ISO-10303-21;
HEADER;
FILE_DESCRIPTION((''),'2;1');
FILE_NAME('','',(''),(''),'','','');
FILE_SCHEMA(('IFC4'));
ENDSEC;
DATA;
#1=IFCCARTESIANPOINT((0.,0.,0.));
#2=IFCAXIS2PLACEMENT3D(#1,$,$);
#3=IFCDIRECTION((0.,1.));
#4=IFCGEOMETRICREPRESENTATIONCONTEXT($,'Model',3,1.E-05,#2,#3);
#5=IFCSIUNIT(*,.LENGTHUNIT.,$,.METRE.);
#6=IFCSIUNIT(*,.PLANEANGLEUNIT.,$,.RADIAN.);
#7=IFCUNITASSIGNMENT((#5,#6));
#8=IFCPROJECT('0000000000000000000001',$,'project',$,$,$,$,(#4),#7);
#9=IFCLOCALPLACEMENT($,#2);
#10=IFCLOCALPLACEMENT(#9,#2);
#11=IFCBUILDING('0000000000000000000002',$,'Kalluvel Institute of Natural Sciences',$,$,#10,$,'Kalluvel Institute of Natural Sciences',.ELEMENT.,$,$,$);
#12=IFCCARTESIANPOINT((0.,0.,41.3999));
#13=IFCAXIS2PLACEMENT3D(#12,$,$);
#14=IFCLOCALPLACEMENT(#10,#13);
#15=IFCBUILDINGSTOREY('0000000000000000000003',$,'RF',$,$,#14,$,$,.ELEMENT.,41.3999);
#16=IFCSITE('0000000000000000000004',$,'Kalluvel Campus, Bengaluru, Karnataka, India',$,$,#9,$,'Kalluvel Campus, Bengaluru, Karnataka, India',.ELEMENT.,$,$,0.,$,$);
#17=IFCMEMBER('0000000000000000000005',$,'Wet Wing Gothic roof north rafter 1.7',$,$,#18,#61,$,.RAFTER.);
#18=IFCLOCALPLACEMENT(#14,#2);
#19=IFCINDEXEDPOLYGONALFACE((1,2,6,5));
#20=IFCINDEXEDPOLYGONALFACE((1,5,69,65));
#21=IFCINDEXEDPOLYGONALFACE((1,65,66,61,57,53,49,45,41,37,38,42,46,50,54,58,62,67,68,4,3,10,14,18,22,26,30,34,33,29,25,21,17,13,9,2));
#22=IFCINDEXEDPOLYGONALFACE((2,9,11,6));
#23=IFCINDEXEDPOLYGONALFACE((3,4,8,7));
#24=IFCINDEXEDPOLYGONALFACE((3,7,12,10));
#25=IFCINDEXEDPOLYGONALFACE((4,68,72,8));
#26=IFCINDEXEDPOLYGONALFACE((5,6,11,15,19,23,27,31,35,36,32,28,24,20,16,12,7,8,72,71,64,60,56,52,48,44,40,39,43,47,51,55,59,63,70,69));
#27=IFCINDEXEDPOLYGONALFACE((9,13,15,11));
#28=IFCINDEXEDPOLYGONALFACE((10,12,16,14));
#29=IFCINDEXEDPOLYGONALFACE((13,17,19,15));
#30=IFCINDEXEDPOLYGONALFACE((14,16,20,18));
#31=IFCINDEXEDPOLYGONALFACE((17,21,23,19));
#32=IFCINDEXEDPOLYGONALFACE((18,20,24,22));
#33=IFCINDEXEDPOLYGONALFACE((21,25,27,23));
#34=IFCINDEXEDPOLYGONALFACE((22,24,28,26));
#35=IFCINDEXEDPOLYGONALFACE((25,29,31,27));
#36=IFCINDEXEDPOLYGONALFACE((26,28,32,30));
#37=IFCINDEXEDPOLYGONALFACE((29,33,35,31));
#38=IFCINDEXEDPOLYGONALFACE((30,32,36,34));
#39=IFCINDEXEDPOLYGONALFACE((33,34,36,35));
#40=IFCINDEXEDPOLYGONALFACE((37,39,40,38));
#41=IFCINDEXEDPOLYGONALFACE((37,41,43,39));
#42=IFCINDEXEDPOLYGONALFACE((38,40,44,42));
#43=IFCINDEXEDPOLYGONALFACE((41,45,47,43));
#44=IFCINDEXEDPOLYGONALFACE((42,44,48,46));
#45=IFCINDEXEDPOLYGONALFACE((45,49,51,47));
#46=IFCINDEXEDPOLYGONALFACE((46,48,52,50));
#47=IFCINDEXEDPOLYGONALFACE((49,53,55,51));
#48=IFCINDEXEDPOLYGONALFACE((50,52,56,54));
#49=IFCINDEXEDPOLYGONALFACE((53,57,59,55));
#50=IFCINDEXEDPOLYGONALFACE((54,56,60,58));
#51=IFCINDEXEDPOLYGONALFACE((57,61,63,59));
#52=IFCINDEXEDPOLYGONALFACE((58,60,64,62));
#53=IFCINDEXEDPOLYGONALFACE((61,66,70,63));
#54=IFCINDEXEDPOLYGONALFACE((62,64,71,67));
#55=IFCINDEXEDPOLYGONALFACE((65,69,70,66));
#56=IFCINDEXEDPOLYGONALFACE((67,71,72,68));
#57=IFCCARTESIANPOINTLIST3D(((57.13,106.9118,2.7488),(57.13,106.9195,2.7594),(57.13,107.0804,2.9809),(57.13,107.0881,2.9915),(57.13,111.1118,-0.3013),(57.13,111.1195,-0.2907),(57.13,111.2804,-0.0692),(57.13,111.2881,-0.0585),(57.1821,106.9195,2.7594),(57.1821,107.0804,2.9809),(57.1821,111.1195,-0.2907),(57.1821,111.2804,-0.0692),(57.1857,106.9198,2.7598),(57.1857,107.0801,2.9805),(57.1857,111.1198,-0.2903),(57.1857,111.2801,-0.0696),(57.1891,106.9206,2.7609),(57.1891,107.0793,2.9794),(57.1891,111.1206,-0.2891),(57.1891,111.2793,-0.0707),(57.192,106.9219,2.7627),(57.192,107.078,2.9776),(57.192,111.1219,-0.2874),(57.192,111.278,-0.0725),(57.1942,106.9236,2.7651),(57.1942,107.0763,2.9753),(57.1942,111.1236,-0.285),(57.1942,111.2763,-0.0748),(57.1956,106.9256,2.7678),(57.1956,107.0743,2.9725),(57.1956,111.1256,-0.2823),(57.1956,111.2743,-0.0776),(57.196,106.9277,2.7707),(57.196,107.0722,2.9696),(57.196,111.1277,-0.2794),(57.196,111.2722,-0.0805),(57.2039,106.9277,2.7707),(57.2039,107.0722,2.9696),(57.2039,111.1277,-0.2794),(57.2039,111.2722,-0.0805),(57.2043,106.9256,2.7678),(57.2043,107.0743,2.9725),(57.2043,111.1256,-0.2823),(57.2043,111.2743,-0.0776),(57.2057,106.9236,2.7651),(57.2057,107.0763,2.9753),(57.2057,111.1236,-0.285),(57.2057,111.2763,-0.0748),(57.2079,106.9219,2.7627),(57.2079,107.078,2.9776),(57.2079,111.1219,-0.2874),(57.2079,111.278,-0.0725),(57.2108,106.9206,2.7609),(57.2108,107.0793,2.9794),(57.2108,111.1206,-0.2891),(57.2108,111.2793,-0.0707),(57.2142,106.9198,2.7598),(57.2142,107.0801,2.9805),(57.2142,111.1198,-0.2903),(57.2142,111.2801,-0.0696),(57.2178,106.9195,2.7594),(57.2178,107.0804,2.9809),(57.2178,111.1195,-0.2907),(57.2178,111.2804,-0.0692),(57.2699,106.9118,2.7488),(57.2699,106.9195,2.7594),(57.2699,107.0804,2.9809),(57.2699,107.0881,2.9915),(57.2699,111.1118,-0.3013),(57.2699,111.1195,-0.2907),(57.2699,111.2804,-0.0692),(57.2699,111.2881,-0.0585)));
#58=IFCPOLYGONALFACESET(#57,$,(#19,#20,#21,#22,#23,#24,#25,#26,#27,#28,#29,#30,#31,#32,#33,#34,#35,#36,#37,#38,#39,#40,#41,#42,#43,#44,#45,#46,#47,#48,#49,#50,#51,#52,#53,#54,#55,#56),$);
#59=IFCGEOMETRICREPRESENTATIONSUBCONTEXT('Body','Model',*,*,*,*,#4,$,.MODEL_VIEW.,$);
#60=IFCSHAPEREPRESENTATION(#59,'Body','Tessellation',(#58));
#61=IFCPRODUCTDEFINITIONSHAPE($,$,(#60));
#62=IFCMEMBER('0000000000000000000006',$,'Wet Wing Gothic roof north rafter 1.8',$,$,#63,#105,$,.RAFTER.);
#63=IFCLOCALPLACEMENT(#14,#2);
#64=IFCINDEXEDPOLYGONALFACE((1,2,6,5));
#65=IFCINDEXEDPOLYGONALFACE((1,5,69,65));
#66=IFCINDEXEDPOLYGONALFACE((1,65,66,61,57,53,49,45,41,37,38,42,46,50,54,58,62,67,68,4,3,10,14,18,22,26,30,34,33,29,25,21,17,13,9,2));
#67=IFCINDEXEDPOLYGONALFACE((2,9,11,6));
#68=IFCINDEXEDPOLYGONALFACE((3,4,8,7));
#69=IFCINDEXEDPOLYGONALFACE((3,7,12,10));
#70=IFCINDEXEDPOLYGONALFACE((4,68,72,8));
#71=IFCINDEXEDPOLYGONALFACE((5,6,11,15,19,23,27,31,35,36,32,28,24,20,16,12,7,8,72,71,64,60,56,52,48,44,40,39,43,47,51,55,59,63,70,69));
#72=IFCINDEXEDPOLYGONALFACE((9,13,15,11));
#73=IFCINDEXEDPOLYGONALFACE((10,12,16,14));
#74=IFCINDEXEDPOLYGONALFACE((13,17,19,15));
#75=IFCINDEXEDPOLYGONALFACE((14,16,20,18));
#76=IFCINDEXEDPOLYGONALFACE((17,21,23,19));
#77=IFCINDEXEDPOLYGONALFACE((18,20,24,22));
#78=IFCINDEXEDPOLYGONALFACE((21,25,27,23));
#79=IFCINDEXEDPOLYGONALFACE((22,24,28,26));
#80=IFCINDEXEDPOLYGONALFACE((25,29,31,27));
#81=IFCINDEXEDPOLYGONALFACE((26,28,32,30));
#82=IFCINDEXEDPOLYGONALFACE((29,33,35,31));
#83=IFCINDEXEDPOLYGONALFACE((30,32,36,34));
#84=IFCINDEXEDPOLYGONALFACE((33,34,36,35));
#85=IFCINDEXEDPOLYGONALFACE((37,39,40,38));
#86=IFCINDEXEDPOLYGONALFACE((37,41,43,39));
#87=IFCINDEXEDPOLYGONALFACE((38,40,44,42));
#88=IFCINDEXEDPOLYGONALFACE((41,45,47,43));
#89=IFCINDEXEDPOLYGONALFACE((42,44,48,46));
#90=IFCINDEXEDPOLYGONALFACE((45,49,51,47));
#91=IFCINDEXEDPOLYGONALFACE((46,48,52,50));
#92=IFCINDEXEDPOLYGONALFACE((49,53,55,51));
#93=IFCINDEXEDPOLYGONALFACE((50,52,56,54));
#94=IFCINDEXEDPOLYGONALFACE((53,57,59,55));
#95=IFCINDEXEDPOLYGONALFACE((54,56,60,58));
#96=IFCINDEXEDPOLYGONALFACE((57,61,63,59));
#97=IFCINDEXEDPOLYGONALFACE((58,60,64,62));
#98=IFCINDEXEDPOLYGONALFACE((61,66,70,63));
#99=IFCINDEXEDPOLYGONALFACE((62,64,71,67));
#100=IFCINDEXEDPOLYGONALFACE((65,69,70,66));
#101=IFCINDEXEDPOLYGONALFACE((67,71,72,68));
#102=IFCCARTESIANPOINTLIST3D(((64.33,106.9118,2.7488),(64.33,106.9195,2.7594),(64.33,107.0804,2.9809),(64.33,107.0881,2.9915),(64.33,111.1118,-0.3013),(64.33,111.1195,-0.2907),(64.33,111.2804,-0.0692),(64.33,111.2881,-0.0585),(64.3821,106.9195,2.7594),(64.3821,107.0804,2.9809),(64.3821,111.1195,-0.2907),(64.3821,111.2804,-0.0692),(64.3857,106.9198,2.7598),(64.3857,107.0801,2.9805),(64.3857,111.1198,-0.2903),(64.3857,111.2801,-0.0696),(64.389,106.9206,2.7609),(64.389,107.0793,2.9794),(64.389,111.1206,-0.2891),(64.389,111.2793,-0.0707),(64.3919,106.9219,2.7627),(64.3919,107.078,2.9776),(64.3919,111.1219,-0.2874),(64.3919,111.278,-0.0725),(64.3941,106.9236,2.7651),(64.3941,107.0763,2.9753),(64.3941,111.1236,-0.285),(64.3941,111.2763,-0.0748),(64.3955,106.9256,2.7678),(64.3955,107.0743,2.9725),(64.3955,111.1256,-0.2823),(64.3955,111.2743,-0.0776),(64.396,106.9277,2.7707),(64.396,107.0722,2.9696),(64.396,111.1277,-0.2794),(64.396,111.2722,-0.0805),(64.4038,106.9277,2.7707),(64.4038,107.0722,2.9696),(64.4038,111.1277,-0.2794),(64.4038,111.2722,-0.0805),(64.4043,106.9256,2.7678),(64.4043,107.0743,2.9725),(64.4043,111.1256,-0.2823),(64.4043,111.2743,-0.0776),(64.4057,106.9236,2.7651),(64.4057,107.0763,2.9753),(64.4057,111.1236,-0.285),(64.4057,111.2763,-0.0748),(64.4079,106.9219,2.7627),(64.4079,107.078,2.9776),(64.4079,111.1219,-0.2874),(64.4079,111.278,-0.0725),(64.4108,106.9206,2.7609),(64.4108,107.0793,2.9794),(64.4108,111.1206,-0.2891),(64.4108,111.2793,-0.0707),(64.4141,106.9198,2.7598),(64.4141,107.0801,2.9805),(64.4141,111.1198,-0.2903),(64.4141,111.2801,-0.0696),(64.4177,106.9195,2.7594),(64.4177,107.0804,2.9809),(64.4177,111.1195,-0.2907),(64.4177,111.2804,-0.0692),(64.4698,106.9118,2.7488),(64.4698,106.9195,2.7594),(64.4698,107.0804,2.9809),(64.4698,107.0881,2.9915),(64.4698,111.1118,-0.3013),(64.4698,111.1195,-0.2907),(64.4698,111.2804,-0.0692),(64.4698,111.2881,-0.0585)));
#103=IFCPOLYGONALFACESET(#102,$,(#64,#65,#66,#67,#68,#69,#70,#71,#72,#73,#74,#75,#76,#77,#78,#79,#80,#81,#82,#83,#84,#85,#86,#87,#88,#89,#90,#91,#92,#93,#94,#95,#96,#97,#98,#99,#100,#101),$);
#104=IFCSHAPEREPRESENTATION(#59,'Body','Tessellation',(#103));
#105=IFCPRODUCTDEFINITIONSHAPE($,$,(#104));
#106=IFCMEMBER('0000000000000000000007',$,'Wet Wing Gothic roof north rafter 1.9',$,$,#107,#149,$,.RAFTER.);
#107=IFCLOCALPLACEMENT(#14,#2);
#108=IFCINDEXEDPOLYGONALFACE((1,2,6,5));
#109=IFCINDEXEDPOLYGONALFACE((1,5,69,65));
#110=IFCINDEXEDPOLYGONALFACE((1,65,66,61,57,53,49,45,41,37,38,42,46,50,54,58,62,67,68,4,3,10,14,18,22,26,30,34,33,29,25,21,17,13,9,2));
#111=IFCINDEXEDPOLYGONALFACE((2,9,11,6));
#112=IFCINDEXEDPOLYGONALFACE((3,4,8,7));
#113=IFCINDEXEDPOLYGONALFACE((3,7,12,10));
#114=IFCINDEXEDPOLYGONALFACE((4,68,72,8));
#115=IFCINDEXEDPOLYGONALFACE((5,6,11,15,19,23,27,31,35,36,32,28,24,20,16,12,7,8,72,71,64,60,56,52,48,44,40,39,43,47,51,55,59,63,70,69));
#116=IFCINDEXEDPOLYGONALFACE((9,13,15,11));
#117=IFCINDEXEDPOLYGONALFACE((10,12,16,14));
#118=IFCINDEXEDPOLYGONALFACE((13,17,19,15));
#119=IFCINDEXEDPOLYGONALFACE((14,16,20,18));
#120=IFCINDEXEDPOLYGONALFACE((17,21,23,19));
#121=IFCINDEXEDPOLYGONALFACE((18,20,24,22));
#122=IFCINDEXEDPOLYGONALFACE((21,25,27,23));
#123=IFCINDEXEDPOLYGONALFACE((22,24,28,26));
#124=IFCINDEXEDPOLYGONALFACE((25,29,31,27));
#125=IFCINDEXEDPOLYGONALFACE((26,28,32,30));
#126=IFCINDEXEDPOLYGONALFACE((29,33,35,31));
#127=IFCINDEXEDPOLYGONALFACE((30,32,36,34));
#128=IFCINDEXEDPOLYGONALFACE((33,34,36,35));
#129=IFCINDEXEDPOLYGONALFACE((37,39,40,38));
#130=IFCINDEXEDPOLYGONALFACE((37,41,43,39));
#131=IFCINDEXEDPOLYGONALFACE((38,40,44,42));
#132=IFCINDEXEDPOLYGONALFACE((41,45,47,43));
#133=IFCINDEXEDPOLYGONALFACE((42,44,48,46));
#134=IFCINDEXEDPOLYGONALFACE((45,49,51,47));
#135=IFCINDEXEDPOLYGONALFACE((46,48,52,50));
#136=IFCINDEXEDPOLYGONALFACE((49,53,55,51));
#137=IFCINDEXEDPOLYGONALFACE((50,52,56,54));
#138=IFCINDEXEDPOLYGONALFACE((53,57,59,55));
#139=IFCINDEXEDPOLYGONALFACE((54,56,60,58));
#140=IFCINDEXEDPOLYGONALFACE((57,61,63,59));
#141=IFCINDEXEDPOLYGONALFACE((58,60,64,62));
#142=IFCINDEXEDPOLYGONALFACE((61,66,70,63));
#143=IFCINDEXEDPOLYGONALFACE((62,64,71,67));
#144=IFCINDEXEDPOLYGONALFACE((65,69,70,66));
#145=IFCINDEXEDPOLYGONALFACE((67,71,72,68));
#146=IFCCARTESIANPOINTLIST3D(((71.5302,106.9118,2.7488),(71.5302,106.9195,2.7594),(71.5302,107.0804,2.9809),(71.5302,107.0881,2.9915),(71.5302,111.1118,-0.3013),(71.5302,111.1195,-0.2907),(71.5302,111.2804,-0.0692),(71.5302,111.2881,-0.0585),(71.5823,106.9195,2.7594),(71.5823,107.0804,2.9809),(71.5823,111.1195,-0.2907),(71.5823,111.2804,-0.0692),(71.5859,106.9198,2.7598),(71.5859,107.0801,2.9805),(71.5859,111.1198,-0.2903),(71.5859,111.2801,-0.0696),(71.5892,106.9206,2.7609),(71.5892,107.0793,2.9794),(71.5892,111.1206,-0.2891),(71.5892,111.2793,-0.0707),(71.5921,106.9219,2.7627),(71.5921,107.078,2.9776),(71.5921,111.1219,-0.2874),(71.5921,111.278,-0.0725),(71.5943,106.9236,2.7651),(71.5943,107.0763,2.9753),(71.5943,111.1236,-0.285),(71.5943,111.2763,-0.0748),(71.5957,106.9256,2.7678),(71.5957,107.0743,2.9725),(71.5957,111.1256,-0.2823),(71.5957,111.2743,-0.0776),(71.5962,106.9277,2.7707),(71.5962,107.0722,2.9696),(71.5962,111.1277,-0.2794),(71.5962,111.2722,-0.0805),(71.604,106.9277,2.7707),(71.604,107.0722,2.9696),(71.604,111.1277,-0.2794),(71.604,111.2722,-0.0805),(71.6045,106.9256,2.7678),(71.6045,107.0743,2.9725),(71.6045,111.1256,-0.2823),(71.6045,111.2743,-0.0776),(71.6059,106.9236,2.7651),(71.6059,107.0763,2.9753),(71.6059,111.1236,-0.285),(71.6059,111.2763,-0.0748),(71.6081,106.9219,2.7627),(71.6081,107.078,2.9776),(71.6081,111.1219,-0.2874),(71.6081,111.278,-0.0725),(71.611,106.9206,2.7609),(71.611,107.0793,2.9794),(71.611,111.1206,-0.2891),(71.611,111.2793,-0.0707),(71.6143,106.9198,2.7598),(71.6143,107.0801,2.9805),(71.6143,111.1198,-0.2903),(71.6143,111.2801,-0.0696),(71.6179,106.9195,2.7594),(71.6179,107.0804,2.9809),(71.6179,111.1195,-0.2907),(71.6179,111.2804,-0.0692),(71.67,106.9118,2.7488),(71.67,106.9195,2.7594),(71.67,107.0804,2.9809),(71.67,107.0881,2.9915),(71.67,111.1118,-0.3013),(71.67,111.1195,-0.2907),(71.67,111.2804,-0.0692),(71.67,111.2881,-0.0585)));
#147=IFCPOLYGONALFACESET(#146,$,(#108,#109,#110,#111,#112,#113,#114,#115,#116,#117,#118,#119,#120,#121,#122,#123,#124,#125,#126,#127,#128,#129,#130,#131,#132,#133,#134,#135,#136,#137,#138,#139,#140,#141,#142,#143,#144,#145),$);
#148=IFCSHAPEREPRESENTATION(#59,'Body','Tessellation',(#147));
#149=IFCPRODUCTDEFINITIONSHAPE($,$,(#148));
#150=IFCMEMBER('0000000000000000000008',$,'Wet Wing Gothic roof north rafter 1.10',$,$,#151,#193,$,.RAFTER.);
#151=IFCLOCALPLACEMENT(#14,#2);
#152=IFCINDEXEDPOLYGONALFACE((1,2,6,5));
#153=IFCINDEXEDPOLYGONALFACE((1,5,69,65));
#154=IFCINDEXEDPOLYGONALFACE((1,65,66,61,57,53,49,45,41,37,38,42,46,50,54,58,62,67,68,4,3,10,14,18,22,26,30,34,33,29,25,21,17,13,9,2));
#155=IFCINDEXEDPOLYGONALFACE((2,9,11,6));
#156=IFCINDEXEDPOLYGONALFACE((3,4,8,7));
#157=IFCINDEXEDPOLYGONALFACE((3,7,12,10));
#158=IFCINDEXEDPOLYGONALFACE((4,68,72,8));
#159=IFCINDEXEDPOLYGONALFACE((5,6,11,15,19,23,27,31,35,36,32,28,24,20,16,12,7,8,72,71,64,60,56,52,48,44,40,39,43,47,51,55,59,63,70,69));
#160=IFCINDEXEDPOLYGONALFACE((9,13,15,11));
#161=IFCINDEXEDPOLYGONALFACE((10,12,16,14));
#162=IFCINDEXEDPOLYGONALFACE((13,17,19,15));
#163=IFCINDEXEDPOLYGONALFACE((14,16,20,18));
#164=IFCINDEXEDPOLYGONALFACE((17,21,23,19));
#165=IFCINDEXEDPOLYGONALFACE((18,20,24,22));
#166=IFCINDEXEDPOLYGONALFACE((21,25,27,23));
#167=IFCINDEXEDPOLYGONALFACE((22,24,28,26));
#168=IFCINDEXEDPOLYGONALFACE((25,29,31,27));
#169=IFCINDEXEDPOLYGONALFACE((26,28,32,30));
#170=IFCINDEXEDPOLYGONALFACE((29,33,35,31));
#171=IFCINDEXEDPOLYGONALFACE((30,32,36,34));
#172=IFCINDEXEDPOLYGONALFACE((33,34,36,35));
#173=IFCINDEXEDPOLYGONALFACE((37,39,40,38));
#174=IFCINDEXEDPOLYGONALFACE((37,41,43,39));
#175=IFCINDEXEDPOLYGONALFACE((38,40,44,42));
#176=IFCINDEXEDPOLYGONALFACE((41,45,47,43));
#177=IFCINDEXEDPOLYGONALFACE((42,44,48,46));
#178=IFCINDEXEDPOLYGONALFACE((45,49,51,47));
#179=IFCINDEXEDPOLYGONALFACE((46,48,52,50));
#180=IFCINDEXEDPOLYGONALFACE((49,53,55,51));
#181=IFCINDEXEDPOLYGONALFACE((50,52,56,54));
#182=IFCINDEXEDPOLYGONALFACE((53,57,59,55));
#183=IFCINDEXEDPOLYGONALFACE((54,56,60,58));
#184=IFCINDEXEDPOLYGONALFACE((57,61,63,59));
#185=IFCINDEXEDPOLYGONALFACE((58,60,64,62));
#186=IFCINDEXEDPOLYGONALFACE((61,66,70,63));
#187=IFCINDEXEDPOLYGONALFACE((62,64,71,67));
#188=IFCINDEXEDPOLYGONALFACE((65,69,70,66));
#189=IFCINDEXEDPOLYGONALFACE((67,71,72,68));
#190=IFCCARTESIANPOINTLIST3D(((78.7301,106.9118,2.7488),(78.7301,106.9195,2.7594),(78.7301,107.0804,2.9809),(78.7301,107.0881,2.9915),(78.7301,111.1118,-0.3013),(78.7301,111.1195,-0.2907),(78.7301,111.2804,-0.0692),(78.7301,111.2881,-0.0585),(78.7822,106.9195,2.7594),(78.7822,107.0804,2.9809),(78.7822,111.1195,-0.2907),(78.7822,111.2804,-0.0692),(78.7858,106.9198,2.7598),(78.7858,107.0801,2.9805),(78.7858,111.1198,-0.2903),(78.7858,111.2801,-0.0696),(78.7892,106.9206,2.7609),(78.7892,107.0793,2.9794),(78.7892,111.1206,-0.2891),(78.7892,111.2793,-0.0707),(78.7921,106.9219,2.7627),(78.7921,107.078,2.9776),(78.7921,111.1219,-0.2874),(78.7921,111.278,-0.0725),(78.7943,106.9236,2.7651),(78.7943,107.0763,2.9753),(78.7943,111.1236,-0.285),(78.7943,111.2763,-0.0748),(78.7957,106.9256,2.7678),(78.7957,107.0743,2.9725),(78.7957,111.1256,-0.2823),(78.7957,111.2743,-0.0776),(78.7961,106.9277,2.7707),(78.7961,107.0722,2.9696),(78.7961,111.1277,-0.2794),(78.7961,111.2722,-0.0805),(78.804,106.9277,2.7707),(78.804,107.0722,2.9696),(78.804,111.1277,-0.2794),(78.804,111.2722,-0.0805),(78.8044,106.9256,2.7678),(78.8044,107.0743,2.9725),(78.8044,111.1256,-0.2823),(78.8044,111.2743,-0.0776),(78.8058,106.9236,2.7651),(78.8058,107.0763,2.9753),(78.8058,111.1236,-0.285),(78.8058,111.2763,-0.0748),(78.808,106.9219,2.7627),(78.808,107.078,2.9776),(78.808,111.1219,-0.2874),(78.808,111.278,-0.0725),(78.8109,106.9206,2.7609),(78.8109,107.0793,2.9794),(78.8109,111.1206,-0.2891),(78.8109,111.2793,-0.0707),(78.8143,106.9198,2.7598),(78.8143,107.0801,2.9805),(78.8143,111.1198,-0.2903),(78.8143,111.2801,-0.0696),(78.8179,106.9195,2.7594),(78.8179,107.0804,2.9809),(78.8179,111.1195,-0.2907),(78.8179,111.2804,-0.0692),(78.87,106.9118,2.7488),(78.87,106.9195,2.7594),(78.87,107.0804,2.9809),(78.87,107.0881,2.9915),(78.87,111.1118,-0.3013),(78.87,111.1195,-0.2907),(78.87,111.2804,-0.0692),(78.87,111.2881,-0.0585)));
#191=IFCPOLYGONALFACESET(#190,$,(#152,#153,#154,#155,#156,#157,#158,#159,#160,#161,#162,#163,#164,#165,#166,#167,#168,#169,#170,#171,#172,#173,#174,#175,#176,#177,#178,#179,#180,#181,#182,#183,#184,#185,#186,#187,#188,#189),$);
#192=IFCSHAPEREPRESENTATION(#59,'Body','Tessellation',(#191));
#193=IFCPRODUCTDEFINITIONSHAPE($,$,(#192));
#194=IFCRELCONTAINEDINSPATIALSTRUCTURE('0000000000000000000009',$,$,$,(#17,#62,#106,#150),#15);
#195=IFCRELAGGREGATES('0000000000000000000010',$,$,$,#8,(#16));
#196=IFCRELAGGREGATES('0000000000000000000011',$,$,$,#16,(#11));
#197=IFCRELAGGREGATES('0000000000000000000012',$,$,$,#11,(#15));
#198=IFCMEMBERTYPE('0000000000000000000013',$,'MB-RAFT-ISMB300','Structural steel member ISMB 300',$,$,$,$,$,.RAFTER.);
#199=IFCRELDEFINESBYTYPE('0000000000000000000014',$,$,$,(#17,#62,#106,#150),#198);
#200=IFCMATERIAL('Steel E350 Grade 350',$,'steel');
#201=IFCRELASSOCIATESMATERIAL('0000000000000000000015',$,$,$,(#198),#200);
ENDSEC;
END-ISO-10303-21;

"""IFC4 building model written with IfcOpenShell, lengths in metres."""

from ifc_helpers import new_model, si_unit, direction, frame, origin, origin_2d, place, context, subcontext, project, spatial, i_section, extrude, material, material_profile, profile_set, type_object, element, save


model = new_model("IFC4")

# Units and contexts
model_context = context("Model", 3, precision=1e-05, world=origin(), true_north=direction((0.0, 1.0)))
body_context = subcontext(model_context, "Body", "Model", "MODEL_VIEW")
ifc_project = project(units=[si_unit("LENGTHUNIT", "METRE"), si_unit("PLANEANGLEUNIT", "RADIAN")], contexts=[model_context])

# Site, building, storey
site_placement = place(None, origin())
site = spatial("IfcSite", under=ifc_project, at=site_placement, Name="Kalluvel Campus, Bengaluru, Karnataka, India", LongName="Kalluvel Campus, Bengaluru, Karnataka, India", CompositionType="ELEMENT", RefElevation=0.0)
building_placement = place(site_placement, origin())
building = spatial("IfcBuilding", under=site, at=building_placement, Name="Kalluvel Institute of Natural Sciences", LongName="Kalluvel Institute of Natural Sciences", CompositionType="ELEMENT")
storey_placement = place(building_placement, frame((0.0, 0.0, 41.3999)))
storey = spatial("IfcBuildingStorey", under=building, at=storey_placement, Name="RF", CompositionType="ELEMENT", Elevation=41.3999)

# Shared definitions
ifc_material_1 = material(Name="Steel E350 Grade 350", Category="steel")

# Members
ifc_material_profile_1 = material_profile(ifc_material_1, i_section(OverallWidth=0.1399, OverallDepth=0.3, WebThickness=0.0078, FlangeThickness=0.0132, FilletRadius=0.0139, at=origin_2d()), Name="ISMB 300")
ifc_profile_set_1 = profile_set([ifc_material_profile_1], Name="Steel E350 Grade 350")
member_type = type_object("IfcMemberType", Name="MB-RAFT-ISMB300", Description="Structural steel member ISMB 300", PredefinedType="RAFTER", material=ifc_profile_set_1)
for number, where, z_axis, x_axis, name in (
    (1, (57.2, 111.2, -0.1799), (0.0, -0.809145, 0.587609), (1.0, 0.0, 0.0), "Wet Wing Gothic roof north rafter 1.7"),
    (2, (64.3999, 111.2, -0.1799), (0.0, -0.809145, 0.587609), (1.0, 0.0, 0.0), "Wet Wing Gothic roof north rafter 1.8"),
    (3, (71.6001, 111.2, -0.1799), (0.0, -0.809145, 0.587609), (1.0, 0.0, 0.0), "Wet Wing Gothic roof north rafter 1.9"),
    (4, (78.8, 111.2, -0.1799), (0.0, -0.809145, 0.587609), (1.0, 0.0, 0.0), "Wet Wing Gothic roof north rafter 1.10"),
):
    element("IfcMember", number, at=place(storey_placement, frame(where, z_axis=z_axis, x_axis=x_axis)), inside=storey, type_object=member_type, Name=name, PredefinedType="RAFTER", context=body_context, shape_type="SweptSolid", body=[
        extrude(i_section(OverallWidth=0.1399, OverallDepth=0.3, WebThickness=0.0078, FlangeThickness=0.0132, FilletRadius=0.0139, at=origin_2d()), origin(), (0.0, 0.0, 1.0), 5.1907),
    ])

save(model, "model.ifc")
